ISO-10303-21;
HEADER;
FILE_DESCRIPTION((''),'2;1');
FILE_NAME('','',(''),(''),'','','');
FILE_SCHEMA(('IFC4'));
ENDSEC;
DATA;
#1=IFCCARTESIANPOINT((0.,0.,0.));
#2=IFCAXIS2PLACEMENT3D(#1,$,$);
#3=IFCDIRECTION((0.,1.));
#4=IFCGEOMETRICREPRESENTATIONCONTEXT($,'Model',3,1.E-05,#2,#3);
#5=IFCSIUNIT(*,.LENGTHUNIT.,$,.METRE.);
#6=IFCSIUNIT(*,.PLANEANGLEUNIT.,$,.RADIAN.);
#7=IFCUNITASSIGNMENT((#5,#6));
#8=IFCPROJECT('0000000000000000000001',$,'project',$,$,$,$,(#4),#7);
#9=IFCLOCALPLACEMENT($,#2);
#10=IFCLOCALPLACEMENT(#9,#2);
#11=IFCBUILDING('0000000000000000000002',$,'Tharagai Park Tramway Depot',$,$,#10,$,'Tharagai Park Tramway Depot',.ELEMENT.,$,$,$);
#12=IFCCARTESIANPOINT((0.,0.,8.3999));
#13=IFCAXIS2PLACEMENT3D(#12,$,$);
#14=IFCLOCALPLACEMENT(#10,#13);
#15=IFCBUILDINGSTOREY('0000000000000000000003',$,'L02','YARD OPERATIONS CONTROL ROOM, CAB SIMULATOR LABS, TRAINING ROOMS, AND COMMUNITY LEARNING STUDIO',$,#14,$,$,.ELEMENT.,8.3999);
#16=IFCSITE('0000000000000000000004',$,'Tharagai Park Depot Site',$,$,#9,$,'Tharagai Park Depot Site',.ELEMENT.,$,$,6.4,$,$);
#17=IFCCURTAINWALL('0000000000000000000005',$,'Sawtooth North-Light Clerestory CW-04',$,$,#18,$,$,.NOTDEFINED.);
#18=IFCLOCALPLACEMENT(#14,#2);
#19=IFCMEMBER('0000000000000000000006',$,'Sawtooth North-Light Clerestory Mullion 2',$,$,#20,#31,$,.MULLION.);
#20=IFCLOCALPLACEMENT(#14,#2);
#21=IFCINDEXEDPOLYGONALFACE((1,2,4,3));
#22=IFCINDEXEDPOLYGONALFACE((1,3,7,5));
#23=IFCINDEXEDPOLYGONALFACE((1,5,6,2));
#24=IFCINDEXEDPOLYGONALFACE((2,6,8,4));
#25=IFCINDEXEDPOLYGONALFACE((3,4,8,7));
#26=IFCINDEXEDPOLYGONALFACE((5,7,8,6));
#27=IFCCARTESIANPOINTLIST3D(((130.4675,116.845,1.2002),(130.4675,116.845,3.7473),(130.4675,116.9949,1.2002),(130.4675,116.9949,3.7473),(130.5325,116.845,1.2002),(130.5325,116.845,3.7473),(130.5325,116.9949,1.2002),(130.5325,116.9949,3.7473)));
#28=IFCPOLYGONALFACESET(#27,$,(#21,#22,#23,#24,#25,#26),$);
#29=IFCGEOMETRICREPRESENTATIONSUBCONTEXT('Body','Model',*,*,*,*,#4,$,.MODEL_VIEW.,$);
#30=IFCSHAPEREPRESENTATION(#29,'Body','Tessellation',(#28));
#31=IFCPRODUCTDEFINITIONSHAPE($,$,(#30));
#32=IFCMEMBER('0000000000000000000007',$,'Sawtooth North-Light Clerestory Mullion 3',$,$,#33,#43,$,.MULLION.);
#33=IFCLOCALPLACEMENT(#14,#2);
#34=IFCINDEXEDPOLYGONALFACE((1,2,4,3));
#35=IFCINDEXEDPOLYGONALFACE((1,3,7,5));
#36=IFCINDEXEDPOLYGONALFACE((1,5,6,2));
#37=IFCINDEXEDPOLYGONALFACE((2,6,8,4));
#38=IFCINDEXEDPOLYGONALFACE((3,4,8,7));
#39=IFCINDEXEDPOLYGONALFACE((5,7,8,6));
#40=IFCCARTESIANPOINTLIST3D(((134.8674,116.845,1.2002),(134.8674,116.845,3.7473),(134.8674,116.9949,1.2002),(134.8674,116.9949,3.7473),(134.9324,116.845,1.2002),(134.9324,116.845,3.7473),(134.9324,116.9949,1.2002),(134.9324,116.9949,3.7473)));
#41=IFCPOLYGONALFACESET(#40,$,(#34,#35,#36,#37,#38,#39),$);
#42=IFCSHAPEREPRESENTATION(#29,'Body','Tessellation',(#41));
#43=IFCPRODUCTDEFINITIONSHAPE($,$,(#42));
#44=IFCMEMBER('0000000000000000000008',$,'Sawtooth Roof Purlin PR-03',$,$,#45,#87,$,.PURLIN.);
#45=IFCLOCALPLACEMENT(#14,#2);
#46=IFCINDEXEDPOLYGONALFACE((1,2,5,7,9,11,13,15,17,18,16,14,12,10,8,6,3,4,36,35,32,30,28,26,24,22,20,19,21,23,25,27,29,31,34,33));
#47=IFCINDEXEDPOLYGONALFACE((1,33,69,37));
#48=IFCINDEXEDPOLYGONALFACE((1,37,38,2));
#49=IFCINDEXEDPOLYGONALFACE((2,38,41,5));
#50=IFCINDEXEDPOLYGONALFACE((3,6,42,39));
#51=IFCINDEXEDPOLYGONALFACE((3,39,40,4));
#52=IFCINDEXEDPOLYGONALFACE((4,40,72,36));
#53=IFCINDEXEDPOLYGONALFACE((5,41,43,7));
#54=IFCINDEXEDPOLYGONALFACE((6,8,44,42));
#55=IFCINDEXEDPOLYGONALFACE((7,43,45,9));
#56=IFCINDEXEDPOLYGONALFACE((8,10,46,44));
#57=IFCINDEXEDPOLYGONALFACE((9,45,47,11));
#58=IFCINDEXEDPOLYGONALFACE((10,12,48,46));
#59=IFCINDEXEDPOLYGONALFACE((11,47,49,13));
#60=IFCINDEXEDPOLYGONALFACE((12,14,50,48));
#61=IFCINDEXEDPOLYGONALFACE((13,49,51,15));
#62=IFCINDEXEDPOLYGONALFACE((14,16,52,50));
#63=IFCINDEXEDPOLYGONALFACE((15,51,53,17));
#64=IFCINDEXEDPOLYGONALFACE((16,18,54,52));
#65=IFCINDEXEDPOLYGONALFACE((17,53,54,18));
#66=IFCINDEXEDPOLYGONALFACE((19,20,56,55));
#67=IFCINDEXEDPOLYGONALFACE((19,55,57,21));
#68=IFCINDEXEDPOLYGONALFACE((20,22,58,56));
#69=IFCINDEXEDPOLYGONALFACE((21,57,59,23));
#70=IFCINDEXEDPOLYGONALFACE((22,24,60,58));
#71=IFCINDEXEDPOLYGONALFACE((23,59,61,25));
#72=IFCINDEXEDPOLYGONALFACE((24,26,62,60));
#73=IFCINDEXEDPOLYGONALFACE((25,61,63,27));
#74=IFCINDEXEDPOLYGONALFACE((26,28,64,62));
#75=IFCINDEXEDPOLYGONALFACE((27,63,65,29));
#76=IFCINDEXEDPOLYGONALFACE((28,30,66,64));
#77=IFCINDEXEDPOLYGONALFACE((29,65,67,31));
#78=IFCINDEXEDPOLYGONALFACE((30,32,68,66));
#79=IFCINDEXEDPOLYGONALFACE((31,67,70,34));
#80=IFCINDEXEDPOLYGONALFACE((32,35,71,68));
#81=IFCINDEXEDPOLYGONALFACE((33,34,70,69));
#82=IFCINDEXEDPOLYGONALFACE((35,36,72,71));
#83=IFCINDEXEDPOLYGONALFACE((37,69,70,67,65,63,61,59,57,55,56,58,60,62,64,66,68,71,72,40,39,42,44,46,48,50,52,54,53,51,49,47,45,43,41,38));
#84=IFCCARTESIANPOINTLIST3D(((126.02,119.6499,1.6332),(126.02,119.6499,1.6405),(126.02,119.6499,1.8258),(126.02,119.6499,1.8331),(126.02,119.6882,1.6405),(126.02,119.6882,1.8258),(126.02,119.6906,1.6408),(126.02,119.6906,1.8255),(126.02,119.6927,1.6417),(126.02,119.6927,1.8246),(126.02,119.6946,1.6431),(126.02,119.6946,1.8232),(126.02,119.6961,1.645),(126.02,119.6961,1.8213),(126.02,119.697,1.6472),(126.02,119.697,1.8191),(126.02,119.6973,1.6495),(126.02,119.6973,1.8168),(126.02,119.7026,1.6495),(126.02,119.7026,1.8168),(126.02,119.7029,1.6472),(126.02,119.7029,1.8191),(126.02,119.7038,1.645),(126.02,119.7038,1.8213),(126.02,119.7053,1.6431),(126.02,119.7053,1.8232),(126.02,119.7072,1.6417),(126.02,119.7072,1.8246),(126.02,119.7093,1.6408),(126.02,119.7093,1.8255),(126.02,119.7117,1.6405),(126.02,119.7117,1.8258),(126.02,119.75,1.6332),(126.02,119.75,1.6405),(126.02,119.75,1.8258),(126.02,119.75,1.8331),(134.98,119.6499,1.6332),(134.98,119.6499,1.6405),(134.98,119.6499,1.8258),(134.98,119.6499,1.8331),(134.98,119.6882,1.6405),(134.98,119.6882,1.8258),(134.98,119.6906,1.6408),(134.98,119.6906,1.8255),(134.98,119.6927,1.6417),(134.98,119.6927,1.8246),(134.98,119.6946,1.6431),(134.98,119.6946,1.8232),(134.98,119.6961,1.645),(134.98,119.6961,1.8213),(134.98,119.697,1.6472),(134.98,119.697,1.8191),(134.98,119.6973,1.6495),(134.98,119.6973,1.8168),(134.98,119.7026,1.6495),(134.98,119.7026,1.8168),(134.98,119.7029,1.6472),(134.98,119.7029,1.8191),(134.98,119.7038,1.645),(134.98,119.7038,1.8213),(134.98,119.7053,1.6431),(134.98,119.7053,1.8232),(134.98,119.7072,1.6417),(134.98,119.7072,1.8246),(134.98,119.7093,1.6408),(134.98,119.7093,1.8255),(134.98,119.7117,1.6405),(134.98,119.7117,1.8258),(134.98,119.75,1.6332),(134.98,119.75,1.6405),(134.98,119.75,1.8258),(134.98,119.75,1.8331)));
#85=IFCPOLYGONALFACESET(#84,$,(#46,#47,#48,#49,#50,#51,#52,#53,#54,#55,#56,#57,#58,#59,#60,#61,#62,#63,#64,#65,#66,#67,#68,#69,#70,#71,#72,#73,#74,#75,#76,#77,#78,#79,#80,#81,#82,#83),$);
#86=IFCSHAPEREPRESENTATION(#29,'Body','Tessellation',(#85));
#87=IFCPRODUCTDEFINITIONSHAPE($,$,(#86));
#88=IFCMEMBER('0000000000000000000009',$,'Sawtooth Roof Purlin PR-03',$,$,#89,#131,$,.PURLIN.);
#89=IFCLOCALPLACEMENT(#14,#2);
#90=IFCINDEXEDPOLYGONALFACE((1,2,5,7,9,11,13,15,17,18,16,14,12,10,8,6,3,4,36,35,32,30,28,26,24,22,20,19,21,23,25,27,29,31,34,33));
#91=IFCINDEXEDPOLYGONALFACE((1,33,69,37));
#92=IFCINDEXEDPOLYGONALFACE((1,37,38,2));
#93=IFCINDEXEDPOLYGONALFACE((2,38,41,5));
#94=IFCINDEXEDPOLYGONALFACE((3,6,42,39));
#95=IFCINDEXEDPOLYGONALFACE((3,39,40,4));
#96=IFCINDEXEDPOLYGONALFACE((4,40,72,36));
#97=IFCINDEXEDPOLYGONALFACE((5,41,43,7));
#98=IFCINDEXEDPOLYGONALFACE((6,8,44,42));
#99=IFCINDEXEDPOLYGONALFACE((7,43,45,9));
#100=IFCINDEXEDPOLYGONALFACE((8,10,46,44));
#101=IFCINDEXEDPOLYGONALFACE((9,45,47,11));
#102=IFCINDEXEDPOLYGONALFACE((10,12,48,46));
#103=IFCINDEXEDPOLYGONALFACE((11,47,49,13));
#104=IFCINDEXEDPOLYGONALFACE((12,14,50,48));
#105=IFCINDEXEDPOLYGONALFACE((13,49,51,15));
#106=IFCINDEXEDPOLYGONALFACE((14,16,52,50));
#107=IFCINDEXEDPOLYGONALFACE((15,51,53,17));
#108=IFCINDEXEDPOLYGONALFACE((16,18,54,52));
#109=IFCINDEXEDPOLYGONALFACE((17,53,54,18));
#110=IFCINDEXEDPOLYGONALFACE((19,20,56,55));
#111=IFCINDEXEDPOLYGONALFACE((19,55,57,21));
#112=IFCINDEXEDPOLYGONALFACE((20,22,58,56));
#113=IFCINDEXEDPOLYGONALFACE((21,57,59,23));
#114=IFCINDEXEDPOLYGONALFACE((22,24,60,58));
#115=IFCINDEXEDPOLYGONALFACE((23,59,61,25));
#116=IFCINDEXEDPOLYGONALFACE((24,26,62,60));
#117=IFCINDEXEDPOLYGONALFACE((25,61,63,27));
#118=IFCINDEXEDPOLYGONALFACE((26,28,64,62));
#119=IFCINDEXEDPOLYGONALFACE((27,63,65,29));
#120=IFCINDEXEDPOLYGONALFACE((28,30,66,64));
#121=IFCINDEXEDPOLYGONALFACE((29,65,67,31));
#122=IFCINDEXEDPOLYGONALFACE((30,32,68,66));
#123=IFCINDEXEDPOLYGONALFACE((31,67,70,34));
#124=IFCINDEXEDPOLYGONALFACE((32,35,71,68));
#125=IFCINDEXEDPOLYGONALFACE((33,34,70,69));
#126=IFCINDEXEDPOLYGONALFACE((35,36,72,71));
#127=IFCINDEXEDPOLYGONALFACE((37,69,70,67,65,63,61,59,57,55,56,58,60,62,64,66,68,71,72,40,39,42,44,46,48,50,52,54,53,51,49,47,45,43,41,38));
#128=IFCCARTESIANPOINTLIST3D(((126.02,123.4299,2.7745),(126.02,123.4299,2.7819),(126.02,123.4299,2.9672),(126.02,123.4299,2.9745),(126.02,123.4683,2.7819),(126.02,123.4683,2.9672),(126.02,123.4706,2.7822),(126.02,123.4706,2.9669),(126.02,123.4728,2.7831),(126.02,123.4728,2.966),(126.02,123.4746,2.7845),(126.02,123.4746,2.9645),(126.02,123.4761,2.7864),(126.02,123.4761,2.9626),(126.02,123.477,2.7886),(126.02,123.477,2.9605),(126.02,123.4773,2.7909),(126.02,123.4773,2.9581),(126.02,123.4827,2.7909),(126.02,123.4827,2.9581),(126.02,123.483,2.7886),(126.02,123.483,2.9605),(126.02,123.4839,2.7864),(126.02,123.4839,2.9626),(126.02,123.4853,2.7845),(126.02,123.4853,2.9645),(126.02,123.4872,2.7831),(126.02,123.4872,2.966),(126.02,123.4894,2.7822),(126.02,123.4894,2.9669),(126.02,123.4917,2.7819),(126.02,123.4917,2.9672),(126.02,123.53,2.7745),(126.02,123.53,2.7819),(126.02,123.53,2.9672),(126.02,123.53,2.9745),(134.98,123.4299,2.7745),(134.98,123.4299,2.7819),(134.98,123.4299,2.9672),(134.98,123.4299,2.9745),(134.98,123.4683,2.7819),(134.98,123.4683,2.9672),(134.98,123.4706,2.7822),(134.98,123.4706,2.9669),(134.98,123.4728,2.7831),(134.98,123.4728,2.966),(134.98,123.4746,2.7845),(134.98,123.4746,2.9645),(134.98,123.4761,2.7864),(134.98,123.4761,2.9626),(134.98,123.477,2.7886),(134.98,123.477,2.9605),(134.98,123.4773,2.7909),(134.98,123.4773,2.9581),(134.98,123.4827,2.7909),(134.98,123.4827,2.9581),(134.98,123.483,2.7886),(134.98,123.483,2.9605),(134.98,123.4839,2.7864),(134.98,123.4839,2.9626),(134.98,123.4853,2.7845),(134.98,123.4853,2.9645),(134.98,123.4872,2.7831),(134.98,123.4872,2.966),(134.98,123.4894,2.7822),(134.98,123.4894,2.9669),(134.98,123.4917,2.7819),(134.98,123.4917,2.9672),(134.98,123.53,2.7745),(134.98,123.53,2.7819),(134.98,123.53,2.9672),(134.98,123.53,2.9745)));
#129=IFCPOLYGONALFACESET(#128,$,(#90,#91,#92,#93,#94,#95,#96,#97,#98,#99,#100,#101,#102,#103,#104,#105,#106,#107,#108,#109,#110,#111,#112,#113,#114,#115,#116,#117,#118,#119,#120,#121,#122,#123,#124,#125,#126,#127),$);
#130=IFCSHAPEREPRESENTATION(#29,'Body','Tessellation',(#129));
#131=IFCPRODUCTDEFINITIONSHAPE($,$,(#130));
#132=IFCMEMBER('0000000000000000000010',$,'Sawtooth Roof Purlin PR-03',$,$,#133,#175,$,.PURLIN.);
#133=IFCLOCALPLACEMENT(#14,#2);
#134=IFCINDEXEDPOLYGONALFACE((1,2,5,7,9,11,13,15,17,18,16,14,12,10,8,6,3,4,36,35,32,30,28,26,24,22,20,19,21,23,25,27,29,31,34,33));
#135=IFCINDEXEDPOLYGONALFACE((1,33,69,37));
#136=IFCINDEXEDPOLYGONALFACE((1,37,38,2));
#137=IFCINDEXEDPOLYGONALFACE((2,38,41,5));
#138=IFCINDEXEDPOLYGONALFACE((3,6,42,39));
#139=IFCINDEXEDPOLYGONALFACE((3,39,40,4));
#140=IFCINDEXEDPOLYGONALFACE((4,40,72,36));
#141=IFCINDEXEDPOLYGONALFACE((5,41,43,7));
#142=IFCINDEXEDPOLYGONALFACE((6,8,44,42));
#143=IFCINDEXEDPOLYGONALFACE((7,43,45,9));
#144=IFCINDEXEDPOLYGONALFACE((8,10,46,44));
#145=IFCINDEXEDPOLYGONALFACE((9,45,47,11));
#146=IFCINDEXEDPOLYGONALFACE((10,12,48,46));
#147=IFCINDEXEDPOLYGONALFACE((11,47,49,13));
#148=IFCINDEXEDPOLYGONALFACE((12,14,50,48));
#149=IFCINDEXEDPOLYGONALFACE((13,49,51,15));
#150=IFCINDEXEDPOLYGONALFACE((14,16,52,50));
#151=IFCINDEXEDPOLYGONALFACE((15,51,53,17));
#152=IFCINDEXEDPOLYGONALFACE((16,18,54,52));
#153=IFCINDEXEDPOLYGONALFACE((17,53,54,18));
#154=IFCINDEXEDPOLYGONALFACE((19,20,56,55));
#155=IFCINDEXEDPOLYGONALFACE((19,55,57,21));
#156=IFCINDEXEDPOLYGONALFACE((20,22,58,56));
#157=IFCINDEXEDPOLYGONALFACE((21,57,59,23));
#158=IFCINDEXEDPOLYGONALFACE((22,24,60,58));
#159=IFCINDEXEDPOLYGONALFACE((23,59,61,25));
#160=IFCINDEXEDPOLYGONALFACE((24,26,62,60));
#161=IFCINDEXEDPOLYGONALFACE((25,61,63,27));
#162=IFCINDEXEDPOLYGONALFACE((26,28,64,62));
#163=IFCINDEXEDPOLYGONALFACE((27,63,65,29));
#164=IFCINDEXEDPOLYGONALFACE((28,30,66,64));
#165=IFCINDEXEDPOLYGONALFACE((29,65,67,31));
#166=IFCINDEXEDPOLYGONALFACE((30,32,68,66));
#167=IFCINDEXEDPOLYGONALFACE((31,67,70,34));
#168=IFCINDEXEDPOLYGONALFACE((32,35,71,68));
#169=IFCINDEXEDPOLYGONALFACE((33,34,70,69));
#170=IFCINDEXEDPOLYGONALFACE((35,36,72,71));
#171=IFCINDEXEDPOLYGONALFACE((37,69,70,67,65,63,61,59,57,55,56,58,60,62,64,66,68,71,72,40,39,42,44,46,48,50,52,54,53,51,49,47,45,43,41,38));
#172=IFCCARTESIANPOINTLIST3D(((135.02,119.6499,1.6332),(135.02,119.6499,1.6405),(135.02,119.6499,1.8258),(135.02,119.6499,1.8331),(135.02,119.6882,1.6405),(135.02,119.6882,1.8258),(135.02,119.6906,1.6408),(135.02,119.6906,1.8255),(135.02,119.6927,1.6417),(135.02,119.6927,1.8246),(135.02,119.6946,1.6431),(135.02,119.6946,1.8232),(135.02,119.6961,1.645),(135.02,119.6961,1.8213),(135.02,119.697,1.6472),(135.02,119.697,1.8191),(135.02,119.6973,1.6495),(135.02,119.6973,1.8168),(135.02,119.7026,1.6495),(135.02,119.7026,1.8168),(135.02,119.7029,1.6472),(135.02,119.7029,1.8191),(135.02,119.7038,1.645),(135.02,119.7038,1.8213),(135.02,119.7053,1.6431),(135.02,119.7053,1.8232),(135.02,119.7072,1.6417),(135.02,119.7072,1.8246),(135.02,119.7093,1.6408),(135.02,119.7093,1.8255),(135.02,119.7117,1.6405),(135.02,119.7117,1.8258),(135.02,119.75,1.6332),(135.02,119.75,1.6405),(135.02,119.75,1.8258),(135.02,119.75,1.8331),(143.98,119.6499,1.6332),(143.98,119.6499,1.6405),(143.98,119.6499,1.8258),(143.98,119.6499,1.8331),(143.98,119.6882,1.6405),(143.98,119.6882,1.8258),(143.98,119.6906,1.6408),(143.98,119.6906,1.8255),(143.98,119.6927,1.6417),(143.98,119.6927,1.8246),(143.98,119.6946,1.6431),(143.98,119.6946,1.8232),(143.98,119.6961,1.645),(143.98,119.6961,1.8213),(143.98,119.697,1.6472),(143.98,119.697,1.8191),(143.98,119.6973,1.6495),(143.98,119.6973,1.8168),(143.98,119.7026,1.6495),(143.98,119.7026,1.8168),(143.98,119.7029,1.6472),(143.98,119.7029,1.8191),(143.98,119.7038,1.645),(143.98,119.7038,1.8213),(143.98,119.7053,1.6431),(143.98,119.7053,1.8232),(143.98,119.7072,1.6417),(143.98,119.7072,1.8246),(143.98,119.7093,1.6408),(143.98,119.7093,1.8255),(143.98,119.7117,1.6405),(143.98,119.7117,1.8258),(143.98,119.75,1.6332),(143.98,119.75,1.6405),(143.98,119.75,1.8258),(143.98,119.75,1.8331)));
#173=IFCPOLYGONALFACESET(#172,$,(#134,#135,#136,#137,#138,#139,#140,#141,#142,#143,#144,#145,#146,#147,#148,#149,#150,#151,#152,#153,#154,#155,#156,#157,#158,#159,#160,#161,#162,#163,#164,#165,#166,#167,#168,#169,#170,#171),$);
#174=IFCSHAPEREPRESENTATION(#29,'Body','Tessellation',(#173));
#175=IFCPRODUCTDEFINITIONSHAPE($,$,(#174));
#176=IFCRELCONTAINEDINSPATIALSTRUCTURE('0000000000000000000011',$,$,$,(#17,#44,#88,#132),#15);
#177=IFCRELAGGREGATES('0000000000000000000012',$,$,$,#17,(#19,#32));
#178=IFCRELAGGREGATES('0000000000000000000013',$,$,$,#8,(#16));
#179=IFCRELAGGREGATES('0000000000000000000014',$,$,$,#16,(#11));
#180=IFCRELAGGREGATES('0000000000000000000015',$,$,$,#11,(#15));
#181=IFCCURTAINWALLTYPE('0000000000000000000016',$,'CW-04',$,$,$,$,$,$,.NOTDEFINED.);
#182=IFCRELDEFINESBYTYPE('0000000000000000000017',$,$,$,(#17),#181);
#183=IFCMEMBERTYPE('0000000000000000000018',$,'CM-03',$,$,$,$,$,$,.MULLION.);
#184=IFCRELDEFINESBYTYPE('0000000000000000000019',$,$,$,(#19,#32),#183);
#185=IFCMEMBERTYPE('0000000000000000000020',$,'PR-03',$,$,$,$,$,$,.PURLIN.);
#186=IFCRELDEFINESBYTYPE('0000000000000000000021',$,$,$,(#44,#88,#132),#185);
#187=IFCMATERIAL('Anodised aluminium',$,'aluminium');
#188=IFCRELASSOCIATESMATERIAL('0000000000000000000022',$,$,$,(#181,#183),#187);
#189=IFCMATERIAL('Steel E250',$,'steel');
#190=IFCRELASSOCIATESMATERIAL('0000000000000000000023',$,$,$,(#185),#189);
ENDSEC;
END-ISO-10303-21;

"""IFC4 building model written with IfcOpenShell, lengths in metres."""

from ifc_helpers import new_model, si_unit, direction, frame, origin, origin_2d, place, context, subcontext, project, spatial, rectangle, i_section, extrude, material, material_profile, profile_set, type_object, element, aggregate, save


model = new_model("IFC4")

# Units and contexts
model_context = context("Model", 3, precision=1e-05, world=origin(), true_north=direction((0.0, 1.0)))
body_context = subcontext(model_context, "Body", "Model", "MODEL_VIEW")
ifc_project = project(units=[si_unit("LENGTHUNIT", "METRE"), si_unit("PLANEANGLEUNIT", "RADIAN")], contexts=[model_context])

# Site, building, storey
site_placement = place(None, origin())
site = spatial("IfcSite", under=ifc_project, at=site_placement, Name="Tharagai Park Depot Site", LongName="Tharagai Park Depot Site", CompositionType="ELEMENT", RefElevation=6.4)
building_placement = place(site_placement, origin())
building = spatial("IfcBuilding", under=site, at=building_placement, Name="Tharagai Park Tramway Depot", LongName="Tharagai Park Tramway Depot", CompositionType="ELEMENT")
storey_placement = place(building_placement, frame((0.0, 0.0, 8.3999)))
storey = spatial("IfcBuildingStorey", under=building, at=storey_placement, Name="L02", Description="YARD OPERATIONS CONTROL ROOM, CAB SIMULATOR LABS, TRAINING ROOMS, AND COMMUNITY LEARNING STUDIO", CompositionType="ELEMENT", Elevation=8.3999)

# Curtain wall, members
ifc_material_1 = material(Name="Anodised aluminium", Category="aluminium")
curtain_wall_type = type_object("IfcCurtainWallType", Name="CW-04", PredefinedType="NOTDEFINED", material=ifc_material_1)
curtain_wall_placement = place(storey_placement, origin())
curtain_wall = element("IfcCurtainWall", 1, at=curtain_wall_placement, inside=storey, type_object=curtain_wall_type, Name="Sawtooth North-Light Clerestory CW-04", PredefinedType="NOTDEFINED")
ifc_material_profile_1 = material_profile(ifc_material_1, rectangle(XDim=0.0649, YDim=0.1499, at=origin_2d()), Name="ALU 65x150")
ifc_profile_set_1 = profile_set([ifc_material_profile_1], Name="Anodised aluminium")
member_type_1 = type_object("IfcMemberType", Name="CM-03", PredefinedType="MULLION", material=ifc_profile_set_1)
member_1_placement = place(storey_placement, frame((130.5, 116.9199, 1.2002), z_axis=(0.0, 0.0, 1.0), x_axis=(1.0, 0.0, 0.0)))
member_1 = element("IfcMember", 2, at=member_1_placement, type_object=member_type_1, Name="Sawtooth North-Light Clerestory Mullion 2", PredefinedType="MULLION", context=body_context, shape_type="SweptSolid", body=[
    extrude(rectangle(XDim=0.0649, YDim=0.1499, at=origin_2d()), origin(), (0.0, 0.0, 1.0), 2.5471),
])
member_2_placement = place(storey_placement, frame((134.8999, 116.9199, 1.2002), z_axis=(0.0, 0.0, 1.0), x_axis=(1.0, 0.0, 0.0)))
member_2 = element("IfcMember", 3, at=member_2_placement, type_object=member_type_1, Name="Sawtooth North-Light Clerestory Mullion 3", PredefinedType="MULLION", context=body_context, shape_type="SweptSolid", body=[
    extrude(rectangle(XDim=0.0649, YDim=0.1499, at=origin_2d()), origin(), (0.0, 0.0, 1.0), 2.5471),
])

# Members
ifc_material_2 = material(Name="Steel E250", Category="steel")
ifc_material_profile_2 = material_profile(ifc_material_2, i_section(OverallWidth=0.1001, OverallDepth=0.2, WebThickness=0.0054, FlangeThickness=0.0073, FilletRadius=0.009, at=origin_2d()), Name="ISLB 200")
ifc_profile_set_2 = profile_set([ifc_material_profile_2], Name="Steel E250")
member_type_2 = type_object("IfcMemberType", Name="PR-03", PredefinedType="PURLIN", material=ifc_profile_set_2)
for number, where, z_axis, x_axis, name in (
    (4, (126.02, 119.7, 1.7332), (1.0, 0.0, 0.0), (0.0, 1.0, 0.0), "Sawtooth Roof Purlin PR-03"),
    (5, (126.02, 123.48, 2.8745), (1.0, 0.0, 0.0), (0.0, 1.0, 0.0), "Sawtooth Roof Purlin PR-03"),
    (6, (135.02, 119.7, 1.7332), (1.0, 0.0, 0.0), (0.0, 1.0, 0.0), "Sawtooth Roof Purlin PR-03"),
):
    element("IfcMember", number, at=place(storey_placement, frame(where, z_axis=z_axis, x_axis=x_axis)), inside=storey, type_object=member_type_2, Name=name, PredefinedType="PURLIN", context=body_context, shape_type="SweptSolid", body=[
        extrude(i_section(OverallWidth=0.1001, OverallDepth=0.2, WebThickness=0.0054, FlangeThickness=0.0073, FilletRadius=0.009, at=origin_2d()), origin(), (0.0, 0.0, 1.0), 8.96),
    ])

aggregate(curtain_wall, [member_1, member_2])

save(model, "model.ifc")
